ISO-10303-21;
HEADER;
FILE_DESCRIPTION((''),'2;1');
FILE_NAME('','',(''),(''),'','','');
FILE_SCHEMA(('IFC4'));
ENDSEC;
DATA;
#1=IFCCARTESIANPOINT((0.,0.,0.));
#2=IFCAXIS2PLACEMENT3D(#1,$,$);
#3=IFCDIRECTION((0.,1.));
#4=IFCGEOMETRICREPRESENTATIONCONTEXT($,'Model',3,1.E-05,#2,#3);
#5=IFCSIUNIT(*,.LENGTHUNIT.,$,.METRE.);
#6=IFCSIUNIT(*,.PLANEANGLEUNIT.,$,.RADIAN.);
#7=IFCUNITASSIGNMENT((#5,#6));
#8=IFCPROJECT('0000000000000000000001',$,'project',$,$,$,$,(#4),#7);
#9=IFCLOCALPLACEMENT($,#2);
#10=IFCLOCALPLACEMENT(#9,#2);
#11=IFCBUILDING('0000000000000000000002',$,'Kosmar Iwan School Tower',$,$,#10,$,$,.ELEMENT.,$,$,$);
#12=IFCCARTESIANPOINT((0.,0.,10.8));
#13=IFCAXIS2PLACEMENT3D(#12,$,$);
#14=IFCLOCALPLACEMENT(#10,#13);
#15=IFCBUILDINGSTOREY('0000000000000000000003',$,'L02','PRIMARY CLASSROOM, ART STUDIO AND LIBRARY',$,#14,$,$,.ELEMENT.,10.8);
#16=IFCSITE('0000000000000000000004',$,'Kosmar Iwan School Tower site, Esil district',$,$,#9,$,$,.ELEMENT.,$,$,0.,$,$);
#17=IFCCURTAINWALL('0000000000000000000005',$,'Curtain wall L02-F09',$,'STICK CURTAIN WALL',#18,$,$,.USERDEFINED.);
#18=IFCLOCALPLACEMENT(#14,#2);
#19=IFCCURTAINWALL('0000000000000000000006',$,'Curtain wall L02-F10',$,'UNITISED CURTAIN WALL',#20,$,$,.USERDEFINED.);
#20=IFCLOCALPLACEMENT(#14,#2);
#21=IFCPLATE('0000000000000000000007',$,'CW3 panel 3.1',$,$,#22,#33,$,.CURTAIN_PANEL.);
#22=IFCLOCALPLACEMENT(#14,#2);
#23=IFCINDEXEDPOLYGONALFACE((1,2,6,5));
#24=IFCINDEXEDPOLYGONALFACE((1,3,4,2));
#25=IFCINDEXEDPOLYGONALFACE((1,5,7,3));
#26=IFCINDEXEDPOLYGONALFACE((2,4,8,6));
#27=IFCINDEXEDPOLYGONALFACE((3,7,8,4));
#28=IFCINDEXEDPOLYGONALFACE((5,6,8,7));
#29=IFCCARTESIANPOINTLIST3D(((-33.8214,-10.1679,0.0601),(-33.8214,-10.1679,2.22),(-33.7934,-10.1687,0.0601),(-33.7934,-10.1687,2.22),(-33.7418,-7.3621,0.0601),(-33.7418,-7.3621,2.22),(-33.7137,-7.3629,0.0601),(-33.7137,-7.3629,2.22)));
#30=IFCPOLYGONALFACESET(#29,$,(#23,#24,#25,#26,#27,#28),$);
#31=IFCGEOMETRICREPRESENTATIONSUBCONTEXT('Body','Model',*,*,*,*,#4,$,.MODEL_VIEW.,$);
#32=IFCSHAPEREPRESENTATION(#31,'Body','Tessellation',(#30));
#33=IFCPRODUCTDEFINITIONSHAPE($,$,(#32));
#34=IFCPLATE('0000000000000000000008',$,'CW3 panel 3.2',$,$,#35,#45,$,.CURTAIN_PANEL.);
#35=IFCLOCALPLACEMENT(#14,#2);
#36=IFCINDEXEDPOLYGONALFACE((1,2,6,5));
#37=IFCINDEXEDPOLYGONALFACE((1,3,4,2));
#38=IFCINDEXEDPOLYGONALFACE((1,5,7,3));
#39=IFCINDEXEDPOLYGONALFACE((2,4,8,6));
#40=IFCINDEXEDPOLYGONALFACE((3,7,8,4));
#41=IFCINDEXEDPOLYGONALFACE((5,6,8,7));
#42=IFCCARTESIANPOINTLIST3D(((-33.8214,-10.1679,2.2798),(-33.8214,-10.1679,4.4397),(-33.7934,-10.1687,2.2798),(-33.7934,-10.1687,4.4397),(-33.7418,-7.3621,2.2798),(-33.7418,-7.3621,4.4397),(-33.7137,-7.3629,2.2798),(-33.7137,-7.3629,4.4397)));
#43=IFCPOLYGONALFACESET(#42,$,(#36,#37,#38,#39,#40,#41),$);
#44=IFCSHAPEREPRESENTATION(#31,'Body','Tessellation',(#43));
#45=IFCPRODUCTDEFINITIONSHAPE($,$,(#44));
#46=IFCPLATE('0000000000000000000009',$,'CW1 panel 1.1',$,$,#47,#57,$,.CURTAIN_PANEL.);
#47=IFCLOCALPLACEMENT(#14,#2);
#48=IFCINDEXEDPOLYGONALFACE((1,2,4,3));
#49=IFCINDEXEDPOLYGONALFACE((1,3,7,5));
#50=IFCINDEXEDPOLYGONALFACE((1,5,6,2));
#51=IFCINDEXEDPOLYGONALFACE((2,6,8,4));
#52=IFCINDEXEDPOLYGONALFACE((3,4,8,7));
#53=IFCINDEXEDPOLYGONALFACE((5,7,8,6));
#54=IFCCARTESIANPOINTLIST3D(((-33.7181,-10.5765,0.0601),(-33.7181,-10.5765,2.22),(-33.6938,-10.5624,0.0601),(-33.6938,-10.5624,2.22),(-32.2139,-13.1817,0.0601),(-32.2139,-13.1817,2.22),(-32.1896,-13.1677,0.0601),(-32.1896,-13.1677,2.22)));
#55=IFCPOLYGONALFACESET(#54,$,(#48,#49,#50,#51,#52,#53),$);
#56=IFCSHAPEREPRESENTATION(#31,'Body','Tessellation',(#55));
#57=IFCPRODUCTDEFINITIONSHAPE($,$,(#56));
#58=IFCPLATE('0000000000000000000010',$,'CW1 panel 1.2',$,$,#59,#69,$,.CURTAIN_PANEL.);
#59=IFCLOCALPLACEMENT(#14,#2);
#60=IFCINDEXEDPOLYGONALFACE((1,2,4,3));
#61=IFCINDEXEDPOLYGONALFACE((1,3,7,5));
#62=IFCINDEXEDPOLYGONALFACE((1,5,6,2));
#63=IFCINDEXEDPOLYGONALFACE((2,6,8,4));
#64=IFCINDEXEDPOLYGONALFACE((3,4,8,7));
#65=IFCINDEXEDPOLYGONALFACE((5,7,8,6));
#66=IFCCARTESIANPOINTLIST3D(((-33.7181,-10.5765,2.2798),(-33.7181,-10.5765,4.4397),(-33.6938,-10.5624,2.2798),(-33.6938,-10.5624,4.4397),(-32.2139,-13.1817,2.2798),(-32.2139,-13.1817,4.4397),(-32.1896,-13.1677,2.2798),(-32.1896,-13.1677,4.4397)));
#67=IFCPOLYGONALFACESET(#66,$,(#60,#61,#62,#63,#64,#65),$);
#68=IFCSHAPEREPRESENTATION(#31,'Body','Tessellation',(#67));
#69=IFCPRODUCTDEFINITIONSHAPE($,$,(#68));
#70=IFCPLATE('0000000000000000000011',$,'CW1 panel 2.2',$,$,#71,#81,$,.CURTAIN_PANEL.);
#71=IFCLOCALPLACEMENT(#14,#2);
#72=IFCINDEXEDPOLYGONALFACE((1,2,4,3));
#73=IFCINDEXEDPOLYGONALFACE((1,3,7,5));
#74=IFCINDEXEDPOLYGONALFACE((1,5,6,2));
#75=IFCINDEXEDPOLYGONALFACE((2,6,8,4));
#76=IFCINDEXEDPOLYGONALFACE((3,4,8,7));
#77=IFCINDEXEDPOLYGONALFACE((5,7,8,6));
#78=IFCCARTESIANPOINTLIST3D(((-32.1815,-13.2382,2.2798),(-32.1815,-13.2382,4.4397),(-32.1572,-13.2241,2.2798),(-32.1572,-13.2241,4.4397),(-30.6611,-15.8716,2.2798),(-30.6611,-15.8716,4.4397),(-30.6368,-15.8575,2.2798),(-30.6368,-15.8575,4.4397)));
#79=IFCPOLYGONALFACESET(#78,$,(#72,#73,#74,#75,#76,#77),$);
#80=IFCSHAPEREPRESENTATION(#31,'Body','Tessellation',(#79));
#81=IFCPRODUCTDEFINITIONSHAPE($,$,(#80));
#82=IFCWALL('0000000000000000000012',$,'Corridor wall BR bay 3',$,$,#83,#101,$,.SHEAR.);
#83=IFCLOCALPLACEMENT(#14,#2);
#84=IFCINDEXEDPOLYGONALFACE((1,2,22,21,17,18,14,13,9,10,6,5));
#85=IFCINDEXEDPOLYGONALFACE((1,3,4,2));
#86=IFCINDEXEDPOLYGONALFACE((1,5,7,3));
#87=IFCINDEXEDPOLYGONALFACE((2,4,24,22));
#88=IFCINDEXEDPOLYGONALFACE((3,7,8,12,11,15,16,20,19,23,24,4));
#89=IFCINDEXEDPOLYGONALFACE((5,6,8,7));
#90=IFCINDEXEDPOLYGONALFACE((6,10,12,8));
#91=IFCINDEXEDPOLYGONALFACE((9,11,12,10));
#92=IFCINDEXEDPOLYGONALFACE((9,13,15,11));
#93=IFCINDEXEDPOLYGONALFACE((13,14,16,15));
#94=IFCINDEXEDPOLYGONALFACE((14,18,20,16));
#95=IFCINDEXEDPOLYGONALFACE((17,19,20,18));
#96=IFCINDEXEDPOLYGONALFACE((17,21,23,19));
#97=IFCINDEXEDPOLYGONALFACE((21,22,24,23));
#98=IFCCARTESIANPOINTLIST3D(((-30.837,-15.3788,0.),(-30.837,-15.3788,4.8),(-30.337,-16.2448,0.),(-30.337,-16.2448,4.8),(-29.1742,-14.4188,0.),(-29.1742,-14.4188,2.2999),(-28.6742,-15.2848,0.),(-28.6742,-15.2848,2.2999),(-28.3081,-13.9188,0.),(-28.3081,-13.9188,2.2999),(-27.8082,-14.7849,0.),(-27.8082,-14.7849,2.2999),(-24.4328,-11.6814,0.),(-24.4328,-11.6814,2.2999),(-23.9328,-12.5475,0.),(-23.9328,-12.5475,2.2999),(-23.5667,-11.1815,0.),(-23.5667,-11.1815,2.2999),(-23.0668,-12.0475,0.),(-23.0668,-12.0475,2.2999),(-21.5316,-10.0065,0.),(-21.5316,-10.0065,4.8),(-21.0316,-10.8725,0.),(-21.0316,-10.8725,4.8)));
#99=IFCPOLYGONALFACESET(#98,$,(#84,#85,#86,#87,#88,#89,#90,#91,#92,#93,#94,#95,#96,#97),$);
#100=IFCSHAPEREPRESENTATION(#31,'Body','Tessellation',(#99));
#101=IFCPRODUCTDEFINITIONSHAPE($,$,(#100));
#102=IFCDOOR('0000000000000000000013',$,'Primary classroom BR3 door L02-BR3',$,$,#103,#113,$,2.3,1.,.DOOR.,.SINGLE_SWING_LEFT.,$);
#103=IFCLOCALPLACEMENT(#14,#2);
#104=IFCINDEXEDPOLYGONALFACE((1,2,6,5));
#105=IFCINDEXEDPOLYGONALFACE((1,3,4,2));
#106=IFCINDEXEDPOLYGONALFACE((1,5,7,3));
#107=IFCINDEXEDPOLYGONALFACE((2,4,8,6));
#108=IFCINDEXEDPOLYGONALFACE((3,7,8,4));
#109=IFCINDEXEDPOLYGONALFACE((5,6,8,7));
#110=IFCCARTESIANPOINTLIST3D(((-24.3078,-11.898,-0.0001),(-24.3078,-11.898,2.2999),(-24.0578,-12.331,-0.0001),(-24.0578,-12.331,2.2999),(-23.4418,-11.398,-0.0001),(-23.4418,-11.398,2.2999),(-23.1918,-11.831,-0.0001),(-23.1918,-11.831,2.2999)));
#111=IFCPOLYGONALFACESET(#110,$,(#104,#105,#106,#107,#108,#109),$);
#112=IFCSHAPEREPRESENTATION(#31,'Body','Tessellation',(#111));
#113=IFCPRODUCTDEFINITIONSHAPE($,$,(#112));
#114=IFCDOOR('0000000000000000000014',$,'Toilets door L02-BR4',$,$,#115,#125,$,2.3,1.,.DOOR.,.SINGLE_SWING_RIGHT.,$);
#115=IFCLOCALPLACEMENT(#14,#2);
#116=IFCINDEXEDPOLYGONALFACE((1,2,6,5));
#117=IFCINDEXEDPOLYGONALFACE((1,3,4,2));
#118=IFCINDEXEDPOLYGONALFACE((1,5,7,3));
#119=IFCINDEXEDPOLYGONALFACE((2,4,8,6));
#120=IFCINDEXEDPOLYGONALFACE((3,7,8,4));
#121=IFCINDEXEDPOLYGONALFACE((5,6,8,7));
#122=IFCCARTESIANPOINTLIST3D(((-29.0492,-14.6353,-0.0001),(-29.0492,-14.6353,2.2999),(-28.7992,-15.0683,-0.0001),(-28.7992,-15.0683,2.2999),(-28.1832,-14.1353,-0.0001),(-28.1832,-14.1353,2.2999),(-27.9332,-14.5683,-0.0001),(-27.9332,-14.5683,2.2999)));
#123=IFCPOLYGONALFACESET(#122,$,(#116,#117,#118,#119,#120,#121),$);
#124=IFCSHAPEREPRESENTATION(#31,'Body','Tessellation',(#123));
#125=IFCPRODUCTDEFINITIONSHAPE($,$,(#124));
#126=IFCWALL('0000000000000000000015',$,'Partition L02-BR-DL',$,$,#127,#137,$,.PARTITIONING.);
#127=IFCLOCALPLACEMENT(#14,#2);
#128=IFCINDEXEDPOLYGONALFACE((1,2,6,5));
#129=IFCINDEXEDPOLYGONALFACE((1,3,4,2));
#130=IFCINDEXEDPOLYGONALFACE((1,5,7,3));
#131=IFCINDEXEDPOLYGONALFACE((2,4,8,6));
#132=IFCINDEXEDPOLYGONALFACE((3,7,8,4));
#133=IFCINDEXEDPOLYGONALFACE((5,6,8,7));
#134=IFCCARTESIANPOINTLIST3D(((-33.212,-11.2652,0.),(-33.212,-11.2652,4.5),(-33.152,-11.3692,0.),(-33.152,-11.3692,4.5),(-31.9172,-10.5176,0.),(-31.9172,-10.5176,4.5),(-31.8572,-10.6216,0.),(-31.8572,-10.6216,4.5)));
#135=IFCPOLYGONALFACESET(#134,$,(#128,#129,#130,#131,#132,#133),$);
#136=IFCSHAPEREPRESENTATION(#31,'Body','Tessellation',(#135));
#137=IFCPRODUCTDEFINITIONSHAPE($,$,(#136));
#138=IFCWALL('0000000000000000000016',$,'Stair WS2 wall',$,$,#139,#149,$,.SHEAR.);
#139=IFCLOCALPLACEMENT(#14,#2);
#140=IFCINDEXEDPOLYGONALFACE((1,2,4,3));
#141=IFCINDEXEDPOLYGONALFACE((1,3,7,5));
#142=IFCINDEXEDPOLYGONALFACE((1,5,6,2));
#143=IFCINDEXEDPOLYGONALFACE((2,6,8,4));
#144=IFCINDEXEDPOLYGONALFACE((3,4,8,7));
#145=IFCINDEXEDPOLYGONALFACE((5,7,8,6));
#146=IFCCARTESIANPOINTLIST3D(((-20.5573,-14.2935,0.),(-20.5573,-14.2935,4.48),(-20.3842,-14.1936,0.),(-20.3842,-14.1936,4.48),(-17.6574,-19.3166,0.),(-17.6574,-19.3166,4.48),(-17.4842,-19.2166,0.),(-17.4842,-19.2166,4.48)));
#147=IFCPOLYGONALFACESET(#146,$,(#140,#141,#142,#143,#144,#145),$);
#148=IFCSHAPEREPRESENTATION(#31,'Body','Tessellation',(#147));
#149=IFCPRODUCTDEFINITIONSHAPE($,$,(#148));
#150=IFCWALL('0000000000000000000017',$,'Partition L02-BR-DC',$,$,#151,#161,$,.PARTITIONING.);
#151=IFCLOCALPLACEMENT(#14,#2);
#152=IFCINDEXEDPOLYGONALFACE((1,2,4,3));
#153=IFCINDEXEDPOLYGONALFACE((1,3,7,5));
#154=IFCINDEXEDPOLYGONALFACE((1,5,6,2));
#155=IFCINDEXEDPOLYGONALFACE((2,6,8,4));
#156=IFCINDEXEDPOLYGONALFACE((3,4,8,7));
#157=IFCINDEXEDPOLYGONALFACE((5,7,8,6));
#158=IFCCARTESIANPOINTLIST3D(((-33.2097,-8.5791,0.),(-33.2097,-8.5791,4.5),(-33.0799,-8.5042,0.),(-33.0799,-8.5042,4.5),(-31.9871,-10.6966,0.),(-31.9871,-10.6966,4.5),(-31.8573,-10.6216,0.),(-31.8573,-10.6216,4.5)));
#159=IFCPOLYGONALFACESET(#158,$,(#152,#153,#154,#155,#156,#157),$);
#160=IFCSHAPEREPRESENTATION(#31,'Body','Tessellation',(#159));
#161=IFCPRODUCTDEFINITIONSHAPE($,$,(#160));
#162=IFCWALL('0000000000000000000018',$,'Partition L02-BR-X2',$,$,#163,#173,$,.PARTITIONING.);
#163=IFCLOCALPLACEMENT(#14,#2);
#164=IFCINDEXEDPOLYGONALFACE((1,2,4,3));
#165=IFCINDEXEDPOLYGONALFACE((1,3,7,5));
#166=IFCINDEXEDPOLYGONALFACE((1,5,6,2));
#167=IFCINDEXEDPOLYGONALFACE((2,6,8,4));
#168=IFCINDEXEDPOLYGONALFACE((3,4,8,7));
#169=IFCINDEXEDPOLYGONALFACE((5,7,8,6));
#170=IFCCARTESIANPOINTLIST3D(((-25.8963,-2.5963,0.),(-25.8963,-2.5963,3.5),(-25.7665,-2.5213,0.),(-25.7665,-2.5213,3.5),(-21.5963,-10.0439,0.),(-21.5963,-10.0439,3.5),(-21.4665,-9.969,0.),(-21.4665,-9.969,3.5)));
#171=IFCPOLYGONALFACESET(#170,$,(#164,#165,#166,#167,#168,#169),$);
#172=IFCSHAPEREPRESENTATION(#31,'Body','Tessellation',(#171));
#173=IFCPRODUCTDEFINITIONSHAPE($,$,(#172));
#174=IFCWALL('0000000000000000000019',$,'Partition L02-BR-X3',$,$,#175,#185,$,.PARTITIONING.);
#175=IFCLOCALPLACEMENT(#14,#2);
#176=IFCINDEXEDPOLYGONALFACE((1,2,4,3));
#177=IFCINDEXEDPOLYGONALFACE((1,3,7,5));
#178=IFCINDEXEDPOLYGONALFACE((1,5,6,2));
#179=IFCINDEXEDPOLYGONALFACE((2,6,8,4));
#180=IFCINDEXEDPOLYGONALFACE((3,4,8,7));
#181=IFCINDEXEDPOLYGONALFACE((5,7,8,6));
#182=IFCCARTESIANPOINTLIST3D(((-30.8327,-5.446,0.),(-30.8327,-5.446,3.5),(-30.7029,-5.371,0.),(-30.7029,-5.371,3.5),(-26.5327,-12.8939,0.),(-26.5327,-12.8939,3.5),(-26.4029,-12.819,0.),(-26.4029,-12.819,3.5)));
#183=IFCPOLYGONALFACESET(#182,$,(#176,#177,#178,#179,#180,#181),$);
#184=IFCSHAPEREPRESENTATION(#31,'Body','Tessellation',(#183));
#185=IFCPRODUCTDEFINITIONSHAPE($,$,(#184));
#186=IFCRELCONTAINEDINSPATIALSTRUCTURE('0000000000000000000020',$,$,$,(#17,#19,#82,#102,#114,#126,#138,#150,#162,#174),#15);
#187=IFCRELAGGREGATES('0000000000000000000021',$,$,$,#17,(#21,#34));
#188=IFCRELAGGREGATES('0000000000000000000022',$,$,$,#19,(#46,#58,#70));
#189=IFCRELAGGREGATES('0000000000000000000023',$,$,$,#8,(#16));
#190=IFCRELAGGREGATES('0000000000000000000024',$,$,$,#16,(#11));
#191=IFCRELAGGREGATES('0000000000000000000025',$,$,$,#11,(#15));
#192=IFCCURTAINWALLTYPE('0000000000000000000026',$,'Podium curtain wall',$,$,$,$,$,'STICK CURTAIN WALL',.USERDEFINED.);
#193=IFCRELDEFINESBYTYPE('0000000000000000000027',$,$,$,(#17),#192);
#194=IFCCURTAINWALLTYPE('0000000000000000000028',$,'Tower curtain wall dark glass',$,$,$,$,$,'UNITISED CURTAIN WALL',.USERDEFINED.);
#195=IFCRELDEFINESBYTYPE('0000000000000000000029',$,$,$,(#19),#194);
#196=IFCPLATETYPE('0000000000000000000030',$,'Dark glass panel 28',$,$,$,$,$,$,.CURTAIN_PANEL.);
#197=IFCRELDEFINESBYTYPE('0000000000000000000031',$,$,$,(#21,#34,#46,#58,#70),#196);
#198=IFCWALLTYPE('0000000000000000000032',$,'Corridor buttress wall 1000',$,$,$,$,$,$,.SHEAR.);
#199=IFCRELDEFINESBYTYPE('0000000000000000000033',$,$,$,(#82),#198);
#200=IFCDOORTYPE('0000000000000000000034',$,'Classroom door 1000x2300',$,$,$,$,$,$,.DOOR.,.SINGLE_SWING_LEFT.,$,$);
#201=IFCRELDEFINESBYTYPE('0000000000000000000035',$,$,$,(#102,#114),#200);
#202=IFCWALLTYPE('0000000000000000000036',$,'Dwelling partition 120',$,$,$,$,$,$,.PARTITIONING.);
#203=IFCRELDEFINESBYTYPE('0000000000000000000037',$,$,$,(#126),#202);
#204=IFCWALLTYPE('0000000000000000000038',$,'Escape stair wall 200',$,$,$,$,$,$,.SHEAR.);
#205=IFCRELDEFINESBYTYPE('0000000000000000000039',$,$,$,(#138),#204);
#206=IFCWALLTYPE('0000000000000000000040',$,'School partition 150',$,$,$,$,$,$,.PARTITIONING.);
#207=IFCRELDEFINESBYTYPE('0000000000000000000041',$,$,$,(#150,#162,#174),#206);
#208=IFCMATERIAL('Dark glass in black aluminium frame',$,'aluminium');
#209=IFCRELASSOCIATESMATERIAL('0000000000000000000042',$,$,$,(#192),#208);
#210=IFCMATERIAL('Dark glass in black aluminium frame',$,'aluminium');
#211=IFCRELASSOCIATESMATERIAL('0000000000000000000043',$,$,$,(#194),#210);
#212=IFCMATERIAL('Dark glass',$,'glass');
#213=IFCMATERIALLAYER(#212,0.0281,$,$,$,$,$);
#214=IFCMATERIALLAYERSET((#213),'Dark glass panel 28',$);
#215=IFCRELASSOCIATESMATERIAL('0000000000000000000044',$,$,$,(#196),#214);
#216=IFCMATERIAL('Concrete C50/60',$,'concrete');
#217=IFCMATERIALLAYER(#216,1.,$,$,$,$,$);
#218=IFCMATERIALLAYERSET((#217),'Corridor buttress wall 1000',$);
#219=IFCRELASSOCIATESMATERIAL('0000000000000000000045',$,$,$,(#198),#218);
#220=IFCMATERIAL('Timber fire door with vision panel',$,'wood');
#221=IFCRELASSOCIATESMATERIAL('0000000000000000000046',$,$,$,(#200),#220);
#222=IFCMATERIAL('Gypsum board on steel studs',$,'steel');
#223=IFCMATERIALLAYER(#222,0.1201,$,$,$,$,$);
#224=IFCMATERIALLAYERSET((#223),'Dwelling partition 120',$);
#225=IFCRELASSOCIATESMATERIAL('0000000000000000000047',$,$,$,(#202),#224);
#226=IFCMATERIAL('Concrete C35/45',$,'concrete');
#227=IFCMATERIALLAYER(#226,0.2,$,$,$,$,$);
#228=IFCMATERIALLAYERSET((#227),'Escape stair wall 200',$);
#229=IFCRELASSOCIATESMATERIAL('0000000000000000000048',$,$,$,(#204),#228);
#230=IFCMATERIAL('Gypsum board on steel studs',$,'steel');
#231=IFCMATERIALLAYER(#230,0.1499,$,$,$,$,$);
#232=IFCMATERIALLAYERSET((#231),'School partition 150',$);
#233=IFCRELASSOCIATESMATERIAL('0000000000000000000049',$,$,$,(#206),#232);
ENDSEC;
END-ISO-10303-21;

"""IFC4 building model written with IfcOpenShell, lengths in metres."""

from ifc_helpers import new_model, si_unit, direction, frame, frame_2d, origin, origin_2d, place, context, subcontext, project, spatial, rectangle, extrude, material, layer, layer_set, type_object, element, fill, aggregate, save


model = new_model("IFC4")

# Units and contexts
model_context = context("Model", 3, precision=1e-05, world=origin(), true_north=direction((0.0, 1.0)))
body_context = subcontext(model_context, "Body", "Model", "MODEL_VIEW")
ifc_project = project(units=[si_unit("LENGTHUNIT", "METRE"), si_unit("PLANEANGLEUNIT", "RADIAN")], contexts=[model_context])

# Site, building, storey
site_placement = place(None, origin())
site = spatial("IfcSite", under=ifc_project, at=site_placement, Name="Kosmar Iwan School Tower site, Esil district", CompositionType="ELEMENT", RefElevation=0.0)
building_placement = place(site_placement, origin())
building = spatial("IfcBuilding", under=site, at=building_placement, Name="Kosmar Iwan School Tower", CompositionType="ELEMENT")
storey_placement = place(building_placement, frame((0.0, 0.0, 10.8)))
storey = spatial("IfcBuildingStorey", under=building, at=storey_placement, Name="L02", Description="PRIMARY CLASSROOM, ART STUDIO AND LIBRARY", CompositionType="ELEMENT", Elevation=10.8)

# Curtain wall
ifc_material_1 = material(Name="Dark glass in black aluminium frame", Category="aluminium")
curtain_wall_type_1 = type_object("IfcCurtainWallType", Name="Podium curtain wall", ElementType="STICK CURTAIN WALL", PredefinedType="USERDEFINED", material=ifc_material_1)
curtain_wall_1_placement = place(storey_placement, origin())
curtain_wall_1 = element("IfcCurtainWall", 1, at=curtain_wall_1_placement, inside=storey, type_object=curtain_wall_type_1, Name="Curtain wall L02-F09", ObjectType="STICK CURTAIN WALL", PredefinedType="USERDEFINED")

# Curtain wall
ifc_material_2 = material(Name="Dark glass in black aluminium frame", Category="aluminium")
curtain_wall_type_2 = type_object("IfcCurtainWallType", Name="Tower curtain wall dark glass", ElementType="UNITISED CURTAIN WALL", PredefinedType="USERDEFINED", material=ifc_material_2)
curtain_wall_2_placement = place(storey_placement, origin())
curtain_wall_2 = element("IfcCurtainWall", 2, at=curtain_wall_2_placement, inside=storey, type_object=curtain_wall_type_2, Name="Curtain wall L02-F10", ObjectType="UNITISED CURTAIN WALL", PredefinedType="USERDEFINED")

# Plates
ifc_material_3 = material(Name="Dark glass", Category="glass")
ifc_layer_1 = layer(ifc_material_3, 0.0281)
ifc_layer_set_1 = layer_set([ifc_layer_1], Name="Dark glass panel 28")
plate_type = type_object("IfcPlateType", Name="Dark glass panel 28", PredefinedType="CURTAIN_PANEL", material=ifc_layer_set_1)
plate_1_placement = place(storey_placement, frame((-33.7676, -8.7654, 0.0601), z_axis=(0.0, 0.0, 1.0), x_axis=(-0.028386, -0.999597, 0.0)))
plate_1 = element("IfcPlate", 3, at=plate_1_placement, type_object=plate_type, Name="CW3 panel 3.1", PredefinedType="CURTAIN_PANEL", context=body_context, shape_type="SweptSolid", body=[
    extrude(rectangle(XDim=2.8069, YDim=0.0281, at=origin_2d()), origin(), (0.0, 0.0, 1.0), 2.1599),
])
plate_2_placement = place(storey_placement, frame((-33.7676, -8.7654, 2.2798), z_axis=(0.0, 0.0, 1.0), x_axis=(-0.028386, -0.999597, 0.0)))
plate_2 = element("IfcPlate", 4, at=plate_2_placement, type_object=plate_type, Name="CW3 panel 3.2", PredefinedType="CURTAIN_PANEL", context=body_context, shape_type="SweptSolid", body=[
    extrude(rectangle(XDim=2.8069, YDim=0.0281, at=origin_2d()), origin(), (0.0, 0.0, 1.0), 2.1599),
])
aggregate(curtain_wall_1, [plate_1, plate_2])
plate_3_placement = place(storey_placement, frame((-32.9539, -11.8721, 0.0601), z_axis=(0.0, 0.0, 1.0), x_axis=(0.5, -0.866025, 0.0)))
plate_3 = element("IfcPlate", 5, at=plate_3_placement, type_object=plate_type, Name="CW1 panel 1.1", PredefinedType="CURTAIN_PANEL", context=body_context, shape_type="SweptSolid", body=[
    extrude(rectangle(XDim=3.0083, YDim=0.0281, at=origin_2d()), origin(), (0.0, 0.0, 1.0), 2.1599),
])
plate_4_placement = place(storey_placement, frame((-32.9539, -11.8721, 2.2798), z_axis=(0.0, 0.0, 1.0), x_axis=(0.5, -0.866025, 0.0)))
plate_4 = element("IfcPlate", 6, at=plate_4_placement, type_object=plate_type, Name="CW1 panel 1.2", PredefinedType="CURTAIN_PANEL", context=body_context, shape_type="SweptSolid", body=[
    extrude(rectangle(XDim=3.0083, YDim=0.0281, at=origin_2d()), origin(), (0.0, 0.0, 1.0), 2.1599),
])
plate_5_placement = place(storey_placement, frame((-31.4092, -14.5479, 2.2798), z_axis=(0.0, 0.0, 1.0), x_axis=(0.5, -0.866025, 0.0)))
plate_5 = element("IfcPlate", 7, at=plate_5_placement, type_object=plate_type, Name="CW1 panel 2.2", PredefinedType="CURTAIN_PANEL", context=body_context, shape_type="SweptSolid", body=[
    extrude(rectangle(XDim=3.0408, YDim=0.0281, at=origin_2d()), origin(), (0.0, 0.0, 1.0), 2.1599),
])
aggregate(curtain_wall_2, [plate_3, plate_4, plate_5])

# Wall, openings, doors
ifc_material_4 = material(Name="Concrete C50/60", Category="concrete")
ifc_layer_2 = layer(ifc_material_4, 1.0)
ifc_layer_set_2 = layer_set([ifc_layer_2], Name="Corridor buttress wall 1000")
wall_type_1 = type_object("IfcWallType", Name="Corridor buttress wall 1000", PredefinedType="SHEAR", material=ifc_layer_set_2)
wall_1_placement = place(storey_placement, frame((-21.2815, -10.4395, 0.0), z_axis=(0.0, 0.0, 1.0), x_axis=(-0.866032, -0.499988, 0.0)))
wall_1 = element("IfcWall", 8, at=wall_1_placement, inside=storey, type_object=wall_type_1, Name="Corridor wall BR bay 3", PredefinedType="SHEAR", context=body_context, shape_type="SweptSolid", body=[
    extrude(rectangle(XDim=10.7449, YDim=1.0, at=frame_2d((5.3726, 0.0))), origin(), (0.0, 0.0, 1.0), 4.8),
])
opening_1_placement = place(wall_1_placement, frame((2.3501, 0.0, 0.0)))
opening_1 = element("IfcOpeningElement", 9, at=opening_1_placement, cuts=wall_1, PredefinedType="OPENING", context=body_context, shape_type="SweptSolid", body=[
    extrude(rectangle(XDim=1.0, YDim=2.3, at=frame_2d((0.5, 1.1499))), frame((0.0, 0.512, 0.0), z_axis=(0.0, -1.0, 0.0), x_axis=(1.0, 0.0, 0.0)), (0.0, 0.0, 1.0), 1.0239),
])
opening_2_placement = place(wall_1_placement, frame((7.825, 0.0, 0.0)))
opening_2 = element("IfcOpeningElement", 10, at=opening_2_placement, cuts=wall_1, PredefinedType="OPENING", context=body_context, shape_type="SweptSolid", body=[
    extrude(rectangle(XDim=1.0, YDim=2.3, at=frame_2d((0.5, 1.1499))), frame((0.0, 0.512, 0.0), z_axis=(0.0, -1.0, 0.0), x_axis=(1.0, 0.0, 0.0)), (0.0, 0.0, 1.0), 1.0239),
])
ifc_material_5 = material(Name="Timber fire door with vision panel", Category="wood")
door_type = type_object("IfcDoorType", Name="Classroom door 1000x2300", OperationType="SINGLE_SWING_LEFT", PredefinedType="DOOR", material=ifc_material_5)
door_1_placement = place(opening_1_placement, origin())
door_1 = element("IfcDoor", 11, at=door_1_placement, inside=storey, type_object=door_type, Name="Primary classroom BR3 door L02-BR3", OperationType="SINGLE_SWING_LEFT", OverallHeight=2.3, OverallWidth=1.0, PredefinedType="DOOR", context=body_context, shape_type="SweptSolid", body=[
    extrude(rectangle(XDim=1.0, YDim=2.3, at=frame_2d((0.5, 1.1499))), frame((0.0, 0.25, 0.0), z_axis=(0.0, -1.0, 0.0), x_axis=(1.0, 0.0, 0.0)), (0.0, 0.0, 1.0), 0.5),
])
fill(opening_1, door_1)
door_2_placement = place(opening_2_placement, origin())
door_2 = element("IfcDoor", 12, at=door_2_placement, inside=storey, type_object=door_type, Name="Toilets door L02-BR4", OperationType="SINGLE_SWING_RIGHT", OverallHeight=2.3, OverallWidth=1.0, PredefinedType="DOOR", context=body_context, shape_type="SweptSolid", body=[
    extrude(rectangle(XDim=1.0, YDim=2.3, at=frame_2d((0.5, 1.1499))), frame((0.0, 0.25, 0.0), z_axis=(0.0, -1.0, 0.0), x_axis=(1.0, 0.0, 0.0)), (0.0, 0.0, 1.0), 0.5),
])
fill(opening_2, door_2)

# Walls
ifc_material_6 = material(Name="Gypsum board on steel studs", Category="steel")
ifc_layer_3 = layer(ifc_material_6, 0.1201)
ifc_layer_set_3 = layer_set([ifc_layer_3], Name="Dwelling partition 120")
wall_type_2 = type_object("IfcWallType", Name="Dwelling partition 120", PredefinedType="PARTITIONING", material=ifc_layer_set_3)
wall_2_placement = place(storey_placement, frame((-31.8872, -10.5696, 0.0), z_axis=(0.0, 0.0, 1.0), x_axis=(-0.866003, -0.500038, 0.0)))
element("IfcWall", 13, at=wall_2_placement, inside=storey, type_object=wall_type_2, Name="Partition L02-BR-DL", PredefinedType="PARTITIONING", context=body_context, shape_type="SweptSolid", body=[
    extrude(rectangle(XDim=1.4951, YDim=0.1201, at=frame_2d((0.7476, 0.0))), origin(), (0.0, 0.0, 1.0), 4.5),
])
ifc_material_7 = material(Name="Concrete C35/45", Category="concrete")
ifc_layer_4 = layer(ifc_material_7, 0.2)
ifc_layer_set_4 = layer_set([ifc_layer_4], Name="Escape stair wall 200")
wall_type_3 = type_object("IfcWallType", Name="Escape stair wall 200", PredefinedType="SHEAR", material=ifc_layer_set_4)
wall_3_placement = place(storey_placement, frame((-20.4707, -14.2437, 0.0), z_axis=(0.0, 0.0, 1.0), x_axis=(0.499987, -0.866033, 0.0)))
element("IfcWall", 14, at=wall_3_placement, inside=storey, type_object=wall_type_3, Name="Stair WS2 wall", PredefinedType="SHEAR", context=body_context, shape_type="SweptSolid", body=[
    extrude(rectangle(XDim=5.8, YDim=0.2, at=frame_2d((2.8999, 0.0))), origin(), (0.0, 0.0, 1.0), 4.48),
])
ifc_material_8 = material(Name="Gypsum board on steel studs", Category="steel")
ifc_layer_5 = layer(ifc_material_8, 0.1499)
ifc_layer_set_5 = layer_set([ifc_layer_5], Name="School partition 150")
wall_type_4 = type_object("IfcWallType", Name="School partition 150", PredefinedType="PARTITIONING", material=ifc_layer_set_5)
wall_4_placement = place(storey_placement, frame((-31.9221, -10.6592, 0.0), z_axis=(0.0, 0.0, 1.0), x_axis=(-0.500048, 0.865998, 0.0)))
element("IfcWall", 15, at=wall_4_placement, inside=storey, type_object=wall_type_4, Name="Partition L02-BR-DC", PredefinedType="PARTITIONING", context=body_context, shape_type="SweptSolid", body=[
    extrude(rectangle(XDim=2.4451, YDim=0.1499, at=frame_2d((1.2227, 0.0))), origin(), (0.0, 0.0, 1.0), 4.5),
])
wall_5_placement = place(storey_placement, frame((-21.5315, -10.0063, 0.0), z_axis=(0.0, 0.0, 1.0), x_axis=(-0.500008, 0.866021, 0.0)))
element("IfcWall", 16, at=wall_5_placement, inside=storey, type_object=wall_type_4, Name="Partition L02-BR-X2", PredefinedType="PARTITIONING", context=body_context, shape_type="SweptSolid", body=[
    extrude(rectangle(XDim=8.5999, YDim=0.1499, at=frame_2d((4.2998, 0.0))), origin(), (0.0, 0.0, 1.0), 3.5),
])
wall_6_placement = place(storey_placement, frame((-26.4678, -12.8564, 0.0), z_axis=(0.0, 0.0, 1.0), x_axis=(-0.499995, 0.866028, 0.0)))
element("IfcWall", 17, at=wall_6_placement, inside=storey, type_object=wall_type_4, Name="Partition L02-BR-X3", PredefinedType="PARTITIONING", context=body_context, shape_type="SweptSolid", body=[
    extrude(rectangle(XDim=8.6001, YDim=0.1499, at=frame_2d((4.3, 0.0))), origin(), (0.0, 0.0, 1.0), 3.5),
])

save(model, "model.ifc")
